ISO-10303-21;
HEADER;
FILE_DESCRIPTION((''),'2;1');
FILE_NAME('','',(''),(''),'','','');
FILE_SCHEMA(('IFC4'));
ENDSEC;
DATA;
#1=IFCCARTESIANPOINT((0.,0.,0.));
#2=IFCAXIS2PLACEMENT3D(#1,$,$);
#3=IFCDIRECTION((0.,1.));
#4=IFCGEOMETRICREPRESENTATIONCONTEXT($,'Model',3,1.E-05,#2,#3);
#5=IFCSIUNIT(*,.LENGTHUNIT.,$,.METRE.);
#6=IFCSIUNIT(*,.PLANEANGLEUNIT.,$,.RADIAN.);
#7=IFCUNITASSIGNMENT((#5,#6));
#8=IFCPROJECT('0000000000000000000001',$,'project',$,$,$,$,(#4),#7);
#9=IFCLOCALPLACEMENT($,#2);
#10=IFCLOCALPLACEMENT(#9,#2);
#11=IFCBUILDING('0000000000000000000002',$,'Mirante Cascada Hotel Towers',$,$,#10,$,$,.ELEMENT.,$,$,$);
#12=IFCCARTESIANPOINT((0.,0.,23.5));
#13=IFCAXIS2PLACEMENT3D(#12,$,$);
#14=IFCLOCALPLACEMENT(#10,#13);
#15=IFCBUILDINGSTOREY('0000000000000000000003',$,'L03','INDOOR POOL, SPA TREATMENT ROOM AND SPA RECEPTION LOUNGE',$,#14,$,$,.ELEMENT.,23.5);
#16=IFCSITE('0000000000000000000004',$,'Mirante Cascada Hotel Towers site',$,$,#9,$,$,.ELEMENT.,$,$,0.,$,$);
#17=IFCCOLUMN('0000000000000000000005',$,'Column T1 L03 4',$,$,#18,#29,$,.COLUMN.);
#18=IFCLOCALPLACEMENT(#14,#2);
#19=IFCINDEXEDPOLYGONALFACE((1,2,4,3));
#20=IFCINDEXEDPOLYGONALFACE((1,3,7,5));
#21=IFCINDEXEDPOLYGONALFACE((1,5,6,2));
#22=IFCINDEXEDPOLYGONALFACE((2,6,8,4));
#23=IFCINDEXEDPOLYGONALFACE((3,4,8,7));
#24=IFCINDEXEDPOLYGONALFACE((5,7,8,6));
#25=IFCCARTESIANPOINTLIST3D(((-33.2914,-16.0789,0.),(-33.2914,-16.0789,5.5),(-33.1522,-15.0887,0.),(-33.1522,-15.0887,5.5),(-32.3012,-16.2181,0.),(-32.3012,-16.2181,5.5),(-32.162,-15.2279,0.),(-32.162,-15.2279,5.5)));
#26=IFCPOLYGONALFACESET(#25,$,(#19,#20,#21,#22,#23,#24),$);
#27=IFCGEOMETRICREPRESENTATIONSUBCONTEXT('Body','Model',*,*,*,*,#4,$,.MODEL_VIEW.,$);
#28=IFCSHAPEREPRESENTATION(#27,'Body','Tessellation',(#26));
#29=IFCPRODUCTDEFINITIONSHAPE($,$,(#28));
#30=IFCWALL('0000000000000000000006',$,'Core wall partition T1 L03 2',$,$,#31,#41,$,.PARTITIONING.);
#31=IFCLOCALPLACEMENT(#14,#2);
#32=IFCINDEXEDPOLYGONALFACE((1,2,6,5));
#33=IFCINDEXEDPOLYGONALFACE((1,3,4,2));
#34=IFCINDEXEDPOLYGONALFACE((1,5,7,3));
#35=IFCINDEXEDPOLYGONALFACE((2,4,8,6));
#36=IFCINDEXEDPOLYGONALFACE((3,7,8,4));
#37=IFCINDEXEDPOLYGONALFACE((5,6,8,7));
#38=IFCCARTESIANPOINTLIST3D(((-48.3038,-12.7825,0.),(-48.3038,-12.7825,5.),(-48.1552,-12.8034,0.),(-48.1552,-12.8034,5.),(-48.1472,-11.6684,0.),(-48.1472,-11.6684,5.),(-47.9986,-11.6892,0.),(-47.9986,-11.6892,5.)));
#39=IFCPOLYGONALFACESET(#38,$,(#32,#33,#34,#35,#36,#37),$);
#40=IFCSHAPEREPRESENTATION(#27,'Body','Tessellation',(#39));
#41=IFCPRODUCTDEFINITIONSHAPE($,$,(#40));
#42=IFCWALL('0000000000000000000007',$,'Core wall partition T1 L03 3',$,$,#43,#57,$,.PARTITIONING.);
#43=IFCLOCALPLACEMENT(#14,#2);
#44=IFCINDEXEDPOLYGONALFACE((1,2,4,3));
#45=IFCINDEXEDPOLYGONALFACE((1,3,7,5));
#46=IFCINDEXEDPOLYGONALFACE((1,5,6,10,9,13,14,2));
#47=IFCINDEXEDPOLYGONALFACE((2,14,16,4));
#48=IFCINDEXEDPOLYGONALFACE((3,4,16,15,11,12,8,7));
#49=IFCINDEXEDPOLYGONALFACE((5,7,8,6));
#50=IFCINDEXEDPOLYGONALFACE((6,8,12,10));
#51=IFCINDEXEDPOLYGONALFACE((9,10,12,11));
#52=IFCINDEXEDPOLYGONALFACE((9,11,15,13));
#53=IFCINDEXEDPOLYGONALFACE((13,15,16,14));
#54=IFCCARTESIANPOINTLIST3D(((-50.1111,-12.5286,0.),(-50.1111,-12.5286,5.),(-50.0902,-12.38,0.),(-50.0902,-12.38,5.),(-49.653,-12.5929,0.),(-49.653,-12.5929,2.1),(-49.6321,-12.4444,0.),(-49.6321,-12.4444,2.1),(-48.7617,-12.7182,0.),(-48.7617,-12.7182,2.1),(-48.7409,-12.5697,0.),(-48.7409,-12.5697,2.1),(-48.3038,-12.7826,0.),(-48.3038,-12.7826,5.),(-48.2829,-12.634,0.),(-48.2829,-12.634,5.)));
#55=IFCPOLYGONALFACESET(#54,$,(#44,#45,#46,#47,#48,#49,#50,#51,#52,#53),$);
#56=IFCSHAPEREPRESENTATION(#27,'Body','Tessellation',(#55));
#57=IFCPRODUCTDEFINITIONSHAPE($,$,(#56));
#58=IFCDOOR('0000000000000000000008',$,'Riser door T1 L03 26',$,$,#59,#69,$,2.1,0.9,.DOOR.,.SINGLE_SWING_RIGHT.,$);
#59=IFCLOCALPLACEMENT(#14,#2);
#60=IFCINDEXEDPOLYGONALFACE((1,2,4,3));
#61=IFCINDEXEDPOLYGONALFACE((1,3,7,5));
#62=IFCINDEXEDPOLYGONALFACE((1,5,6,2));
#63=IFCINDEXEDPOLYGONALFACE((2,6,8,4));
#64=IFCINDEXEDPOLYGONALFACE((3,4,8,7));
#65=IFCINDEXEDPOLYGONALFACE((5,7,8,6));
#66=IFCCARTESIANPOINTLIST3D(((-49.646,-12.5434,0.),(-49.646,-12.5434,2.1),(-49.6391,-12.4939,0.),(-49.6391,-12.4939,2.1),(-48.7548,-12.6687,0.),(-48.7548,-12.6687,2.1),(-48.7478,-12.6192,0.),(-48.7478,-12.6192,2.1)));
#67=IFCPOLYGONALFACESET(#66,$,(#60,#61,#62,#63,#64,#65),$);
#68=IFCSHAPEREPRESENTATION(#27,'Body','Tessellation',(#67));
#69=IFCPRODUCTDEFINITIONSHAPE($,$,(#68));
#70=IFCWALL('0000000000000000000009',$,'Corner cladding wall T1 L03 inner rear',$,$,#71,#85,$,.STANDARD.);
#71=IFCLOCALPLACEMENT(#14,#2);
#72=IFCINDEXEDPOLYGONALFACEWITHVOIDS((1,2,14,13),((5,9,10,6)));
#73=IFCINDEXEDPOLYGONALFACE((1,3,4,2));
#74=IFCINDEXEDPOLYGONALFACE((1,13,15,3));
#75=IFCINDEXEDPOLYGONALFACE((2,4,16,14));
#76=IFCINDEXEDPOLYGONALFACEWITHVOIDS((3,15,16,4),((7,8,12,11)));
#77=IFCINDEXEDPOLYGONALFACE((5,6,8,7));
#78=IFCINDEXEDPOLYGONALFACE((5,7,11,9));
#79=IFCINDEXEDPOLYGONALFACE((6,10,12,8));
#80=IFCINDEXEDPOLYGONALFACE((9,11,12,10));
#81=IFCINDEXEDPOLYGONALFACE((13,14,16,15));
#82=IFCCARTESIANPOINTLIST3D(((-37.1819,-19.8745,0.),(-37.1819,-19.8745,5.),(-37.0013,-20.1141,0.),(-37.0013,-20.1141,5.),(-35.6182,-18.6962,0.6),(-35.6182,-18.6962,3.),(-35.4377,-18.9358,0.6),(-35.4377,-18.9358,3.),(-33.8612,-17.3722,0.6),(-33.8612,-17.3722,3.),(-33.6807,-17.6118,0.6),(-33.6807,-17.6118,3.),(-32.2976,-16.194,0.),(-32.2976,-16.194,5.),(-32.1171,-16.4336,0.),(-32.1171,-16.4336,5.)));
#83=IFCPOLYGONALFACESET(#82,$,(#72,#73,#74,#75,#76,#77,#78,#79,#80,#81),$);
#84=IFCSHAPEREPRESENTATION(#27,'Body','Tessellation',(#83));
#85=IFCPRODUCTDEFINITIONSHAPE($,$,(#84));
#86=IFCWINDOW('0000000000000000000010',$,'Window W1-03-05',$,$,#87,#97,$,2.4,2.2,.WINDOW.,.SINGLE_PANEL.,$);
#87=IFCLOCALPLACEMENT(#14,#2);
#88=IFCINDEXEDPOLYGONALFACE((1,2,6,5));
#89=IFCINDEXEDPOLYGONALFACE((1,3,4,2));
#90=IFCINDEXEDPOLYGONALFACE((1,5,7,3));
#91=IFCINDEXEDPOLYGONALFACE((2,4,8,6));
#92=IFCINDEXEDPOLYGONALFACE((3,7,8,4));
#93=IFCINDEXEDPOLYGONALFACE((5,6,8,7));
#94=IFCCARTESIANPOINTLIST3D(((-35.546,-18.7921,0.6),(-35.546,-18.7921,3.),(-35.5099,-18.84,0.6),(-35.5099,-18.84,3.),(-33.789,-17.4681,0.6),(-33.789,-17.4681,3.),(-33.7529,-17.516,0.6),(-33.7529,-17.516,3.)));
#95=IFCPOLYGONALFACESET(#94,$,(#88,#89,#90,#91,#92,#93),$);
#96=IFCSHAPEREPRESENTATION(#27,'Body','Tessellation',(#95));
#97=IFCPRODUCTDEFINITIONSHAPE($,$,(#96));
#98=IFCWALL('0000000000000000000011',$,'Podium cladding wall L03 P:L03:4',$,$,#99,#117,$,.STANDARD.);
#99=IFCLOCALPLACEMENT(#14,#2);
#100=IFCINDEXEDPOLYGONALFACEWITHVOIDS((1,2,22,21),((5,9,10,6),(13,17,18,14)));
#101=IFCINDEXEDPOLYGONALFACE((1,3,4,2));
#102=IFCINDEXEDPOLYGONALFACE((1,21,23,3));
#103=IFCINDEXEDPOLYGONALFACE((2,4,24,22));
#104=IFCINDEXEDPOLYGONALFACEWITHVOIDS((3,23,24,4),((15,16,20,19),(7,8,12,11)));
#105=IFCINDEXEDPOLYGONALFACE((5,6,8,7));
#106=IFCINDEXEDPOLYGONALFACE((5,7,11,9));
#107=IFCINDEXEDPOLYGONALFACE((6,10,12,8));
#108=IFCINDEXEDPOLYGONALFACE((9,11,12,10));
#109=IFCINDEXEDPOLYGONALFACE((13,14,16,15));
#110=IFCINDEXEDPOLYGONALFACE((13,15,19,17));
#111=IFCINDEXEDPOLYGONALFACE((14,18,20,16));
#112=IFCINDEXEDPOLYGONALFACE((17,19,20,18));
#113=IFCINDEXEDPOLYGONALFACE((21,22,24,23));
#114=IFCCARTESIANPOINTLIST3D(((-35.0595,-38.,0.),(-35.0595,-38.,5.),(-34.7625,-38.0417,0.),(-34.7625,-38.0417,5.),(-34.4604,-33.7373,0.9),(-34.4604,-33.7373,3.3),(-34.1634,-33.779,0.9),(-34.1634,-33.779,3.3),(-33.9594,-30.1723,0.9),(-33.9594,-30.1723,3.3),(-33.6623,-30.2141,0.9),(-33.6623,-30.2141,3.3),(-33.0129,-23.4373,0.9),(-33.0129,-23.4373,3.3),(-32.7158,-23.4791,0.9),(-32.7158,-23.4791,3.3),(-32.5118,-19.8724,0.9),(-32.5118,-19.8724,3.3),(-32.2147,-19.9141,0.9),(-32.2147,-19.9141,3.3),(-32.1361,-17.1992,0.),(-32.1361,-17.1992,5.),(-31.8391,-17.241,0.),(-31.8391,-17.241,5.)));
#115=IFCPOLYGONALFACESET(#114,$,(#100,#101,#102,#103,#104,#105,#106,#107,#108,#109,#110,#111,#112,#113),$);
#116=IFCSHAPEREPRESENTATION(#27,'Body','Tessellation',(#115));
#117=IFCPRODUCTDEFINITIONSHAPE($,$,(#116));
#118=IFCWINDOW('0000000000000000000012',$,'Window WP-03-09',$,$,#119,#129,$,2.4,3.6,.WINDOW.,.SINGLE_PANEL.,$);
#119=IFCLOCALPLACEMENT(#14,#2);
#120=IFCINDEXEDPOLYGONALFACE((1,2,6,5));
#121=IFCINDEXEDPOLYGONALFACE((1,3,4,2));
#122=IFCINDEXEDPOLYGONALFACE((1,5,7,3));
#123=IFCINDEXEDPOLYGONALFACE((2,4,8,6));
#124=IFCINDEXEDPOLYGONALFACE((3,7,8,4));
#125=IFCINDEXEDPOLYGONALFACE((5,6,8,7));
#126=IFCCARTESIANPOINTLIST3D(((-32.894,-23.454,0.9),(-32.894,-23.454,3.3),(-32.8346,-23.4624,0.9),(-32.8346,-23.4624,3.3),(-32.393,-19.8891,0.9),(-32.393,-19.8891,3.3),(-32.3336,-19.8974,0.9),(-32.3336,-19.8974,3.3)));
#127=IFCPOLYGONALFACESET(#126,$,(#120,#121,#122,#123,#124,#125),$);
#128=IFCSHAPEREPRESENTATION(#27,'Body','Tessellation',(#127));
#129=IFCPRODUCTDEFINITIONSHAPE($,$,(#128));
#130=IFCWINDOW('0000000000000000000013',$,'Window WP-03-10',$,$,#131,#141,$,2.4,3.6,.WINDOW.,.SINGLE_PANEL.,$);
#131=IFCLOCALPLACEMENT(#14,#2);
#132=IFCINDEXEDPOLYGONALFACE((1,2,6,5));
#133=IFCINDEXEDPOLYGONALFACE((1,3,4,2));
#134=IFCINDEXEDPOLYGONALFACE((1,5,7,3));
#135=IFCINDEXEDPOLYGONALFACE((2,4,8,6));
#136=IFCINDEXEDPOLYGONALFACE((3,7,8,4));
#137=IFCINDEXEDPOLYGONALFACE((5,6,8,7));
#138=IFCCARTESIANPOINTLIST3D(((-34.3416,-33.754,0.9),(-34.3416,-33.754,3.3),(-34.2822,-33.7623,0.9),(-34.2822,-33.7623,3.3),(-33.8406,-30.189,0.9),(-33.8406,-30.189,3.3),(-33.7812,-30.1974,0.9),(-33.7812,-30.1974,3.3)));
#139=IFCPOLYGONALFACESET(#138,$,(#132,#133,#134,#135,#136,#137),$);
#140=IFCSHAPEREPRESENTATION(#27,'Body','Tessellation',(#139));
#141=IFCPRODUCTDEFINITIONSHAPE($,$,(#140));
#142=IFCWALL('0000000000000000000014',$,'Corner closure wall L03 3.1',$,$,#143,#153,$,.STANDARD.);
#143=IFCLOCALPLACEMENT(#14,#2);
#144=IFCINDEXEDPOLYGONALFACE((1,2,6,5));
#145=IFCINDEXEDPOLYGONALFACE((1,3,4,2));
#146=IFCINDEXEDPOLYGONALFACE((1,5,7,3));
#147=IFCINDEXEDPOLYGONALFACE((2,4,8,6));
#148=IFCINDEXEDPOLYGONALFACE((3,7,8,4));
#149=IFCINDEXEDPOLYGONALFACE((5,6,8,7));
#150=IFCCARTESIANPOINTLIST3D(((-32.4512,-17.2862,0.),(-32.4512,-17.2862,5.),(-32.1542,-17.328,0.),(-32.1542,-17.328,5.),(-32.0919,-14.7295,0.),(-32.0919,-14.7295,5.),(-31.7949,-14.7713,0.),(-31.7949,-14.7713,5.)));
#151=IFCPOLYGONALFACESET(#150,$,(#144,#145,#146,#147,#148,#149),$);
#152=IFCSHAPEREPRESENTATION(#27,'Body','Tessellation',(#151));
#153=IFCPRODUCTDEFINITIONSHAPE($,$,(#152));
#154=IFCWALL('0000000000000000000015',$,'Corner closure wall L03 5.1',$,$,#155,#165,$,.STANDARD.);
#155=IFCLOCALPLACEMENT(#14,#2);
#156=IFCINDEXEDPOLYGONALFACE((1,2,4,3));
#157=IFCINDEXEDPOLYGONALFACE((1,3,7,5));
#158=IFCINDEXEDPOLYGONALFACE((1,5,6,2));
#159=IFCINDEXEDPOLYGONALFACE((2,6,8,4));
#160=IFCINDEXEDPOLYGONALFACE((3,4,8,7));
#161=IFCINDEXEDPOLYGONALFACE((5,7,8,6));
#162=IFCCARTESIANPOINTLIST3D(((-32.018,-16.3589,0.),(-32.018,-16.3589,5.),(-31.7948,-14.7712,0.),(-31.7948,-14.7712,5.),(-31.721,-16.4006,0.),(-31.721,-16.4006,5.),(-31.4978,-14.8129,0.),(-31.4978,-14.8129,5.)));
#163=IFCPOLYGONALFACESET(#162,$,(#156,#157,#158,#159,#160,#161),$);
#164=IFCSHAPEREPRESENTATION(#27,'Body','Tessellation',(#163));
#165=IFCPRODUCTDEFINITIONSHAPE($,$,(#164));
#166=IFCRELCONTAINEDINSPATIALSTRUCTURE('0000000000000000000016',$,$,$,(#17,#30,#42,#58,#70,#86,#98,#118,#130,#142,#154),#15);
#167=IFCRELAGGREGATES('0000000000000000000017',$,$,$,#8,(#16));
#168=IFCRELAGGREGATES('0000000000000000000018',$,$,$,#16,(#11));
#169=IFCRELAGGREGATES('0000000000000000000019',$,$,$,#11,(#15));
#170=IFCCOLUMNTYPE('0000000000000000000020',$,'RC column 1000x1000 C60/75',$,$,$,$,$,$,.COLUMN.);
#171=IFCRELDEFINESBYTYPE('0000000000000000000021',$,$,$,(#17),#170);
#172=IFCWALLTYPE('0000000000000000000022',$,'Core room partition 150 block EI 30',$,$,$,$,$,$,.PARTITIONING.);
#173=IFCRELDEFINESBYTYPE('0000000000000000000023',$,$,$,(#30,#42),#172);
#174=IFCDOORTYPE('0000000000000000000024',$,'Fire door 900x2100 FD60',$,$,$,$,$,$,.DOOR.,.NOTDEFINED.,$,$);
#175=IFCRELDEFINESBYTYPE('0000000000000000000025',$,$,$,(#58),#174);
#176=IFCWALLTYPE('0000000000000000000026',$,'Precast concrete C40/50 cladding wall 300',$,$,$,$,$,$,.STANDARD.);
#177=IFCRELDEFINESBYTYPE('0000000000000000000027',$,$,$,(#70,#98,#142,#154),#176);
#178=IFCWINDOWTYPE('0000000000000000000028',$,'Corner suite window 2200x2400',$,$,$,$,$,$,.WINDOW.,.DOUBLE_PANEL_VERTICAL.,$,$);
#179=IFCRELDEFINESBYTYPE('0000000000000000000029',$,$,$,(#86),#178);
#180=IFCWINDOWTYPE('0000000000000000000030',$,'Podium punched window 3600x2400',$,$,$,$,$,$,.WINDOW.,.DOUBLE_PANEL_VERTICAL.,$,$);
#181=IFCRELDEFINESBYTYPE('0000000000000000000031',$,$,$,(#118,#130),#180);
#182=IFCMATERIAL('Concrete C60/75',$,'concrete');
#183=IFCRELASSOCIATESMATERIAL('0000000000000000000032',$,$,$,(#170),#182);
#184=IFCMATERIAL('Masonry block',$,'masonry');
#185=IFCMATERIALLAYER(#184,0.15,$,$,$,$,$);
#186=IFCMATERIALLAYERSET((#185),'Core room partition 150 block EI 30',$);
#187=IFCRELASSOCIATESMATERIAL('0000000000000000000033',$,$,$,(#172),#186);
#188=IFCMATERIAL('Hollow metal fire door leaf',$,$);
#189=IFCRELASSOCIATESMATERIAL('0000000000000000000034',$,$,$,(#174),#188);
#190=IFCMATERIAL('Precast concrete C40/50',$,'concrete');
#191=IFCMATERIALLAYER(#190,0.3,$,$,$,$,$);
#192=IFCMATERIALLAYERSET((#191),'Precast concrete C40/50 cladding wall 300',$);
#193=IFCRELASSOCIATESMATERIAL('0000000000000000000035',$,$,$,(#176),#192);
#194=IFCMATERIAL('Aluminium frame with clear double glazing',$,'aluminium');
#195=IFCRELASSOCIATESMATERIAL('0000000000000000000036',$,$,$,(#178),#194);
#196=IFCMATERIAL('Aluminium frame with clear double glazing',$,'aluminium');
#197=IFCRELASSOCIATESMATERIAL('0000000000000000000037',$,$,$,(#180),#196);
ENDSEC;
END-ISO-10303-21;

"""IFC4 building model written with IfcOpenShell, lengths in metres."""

from ifc_helpers import new_model, si_unit, direction, frame, frame_2d, origin, origin_2d, place, context, subcontext, project, spatial, rectangle, extrude, material, layer, layer_set, material_profile, profile_set, type_object, element, fill, save


model = new_model("IFC4")

# Units and contexts
model_context = context("Model", 3, precision=1e-05, world=origin(), true_north=direction((0.0, 1.0)))
body_context = subcontext(model_context, "Body", "Model", "MODEL_VIEW")
ifc_project = project(units=[si_unit("LENGTHUNIT", "METRE"), si_unit("PLANEANGLEUNIT", "RADIAN")], contexts=[model_context])

# Site, building, storey
site_placement = place(None, origin())
site = spatial("IfcSite", under=ifc_project, at=site_placement, Name="Mirante Cascada Hotel Towers site", CompositionType="ELEMENT", RefElevation=0.0)
building_placement = place(site_placement, origin())
building = spatial("IfcBuilding", under=site, at=building_placement, Name="Mirante Cascada Hotel Towers", CompositionType="ELEMENT")
storey_placement = place(building_placement, frame((0.0, 0.0, 23.5)))
storey = spatial("IfcBuildingStorey", under=building, at=storey_placement, Name="L03", Description="INDOOR POOL, SPA TREATMENT ROOM AND SPA RECEPTION LOUNGE", CompositionType="ELEMENT", Elevation=23.5)

# Column
ifc_material_1 = material(Name="Concrete C60/75", Category="concrete")
ifc_material_profile = material_profile(ifc_material_1, rectangle(XDim=1.0, YDim=1.0, at=origin_2d()), Name="RC column 1000x1000 C60/75")
ifc_profile_set = profile_set([ifc_material_profile], Name="Concrete C60/75")
column_type = type_object("IfcColumnType", Name="RC column 1000x1000 C60/75", PredefinedType="COLUMN", material=ifc_profile_set)
column_placement = place(storey_placement, frame((-32.7267, -15.6534, 0.0), z_axis=(0.0, 0.0, 1.0), x_axis=(-0.990268, 0.139173, 0.0)))
element("IfcColumn", 1, at=column_placement, inside=storey, type_object=column_type, Name="Column T1 L03 4", PredefinedType="COLUMN", context=body_context, shape_type="SweptSolid", body=[
    extrude(rectangle(XDim=1.0, YDim=1.0, at=origin_2d()), origin(), (0.0, 0.0, 1.0), 5.5),
])

# Wall
ifc_material_2 = material(Name="Masonry block", Category="masonry")
ifc_layer_1 = layer(ifc_material_2, 0.15)
ifc_layer_set_1 = layer_set([ifc_layer_1], Name="Core room partition 150 block EI 30")
wall_type_1 = type_object("IfcWallType", Name="Core room partition 150 block EI 30", PredefinedType="PARTITIONING", material=ifc_layer_set_1)
wall_1_placement = place(storey_placement, frame((-48.2295, -12.793, 0.0), z_axis=(0.0, 0.0, 1.0), x_axis=(0.139193, 0.990265, 0.0)))
element("IfcWall", 2, at=wall_1_placement, inside=storey, type_object=wall_type_1, Name="Core wall partition T1 L03 2", PredefinedType="PARTITIONING", context=body_context, shape_type="SweptSolid", body=[
    extrude(rectangle(XDim=1.1251, YDim=0.15, at=frame_2d((0.5626, 0.0))), origin(), (0.0, 0.0, 1.0), 5.0),
])

# Wall, opening, door
wall_2_placement = place(storey_placement, frame((-48.2933, -12.7083, 0.0), z_axis=(0.0, 0.0, 1.0), x_axis=(-0.990268, 0.139173, 0.0)))
wall_2 = element("IfcWall", 3, at=wall_2_placement, inside=storey, type_object=wall_type_1, Name="Core wall partition T1 L03 3", PredefinedType="PARTITIONING", context=body_context, shape_type="SweptSolid", body=[
    extrude(rectangle(XDim=1.8251, YDim=0.15, at=frame_2d((0.9126, 0.0))), origin(), (0.0, 0.0, 1.0), 5.0),
])
opening_1_placement = place(wall_2_placement, frame((0.4625, 0.0, 0.0)))
opening_1 = element("IfcOpeningElement", 4, at=opening_1_placement, cuts=wall_2, PredefinedType="OPENING", context=body_context, shape_type="SweptSolid", body=[
    extrude(rectangle(XDim=0.9, YDim=2.1, at=frame_2d((0.45, 1.05))), frame((0.0, 0.075, 0.0), z_axis=(0.0, -1.0, 0.0), x_axis=(1.0, 0.0, 0.0)), (0.0, 0.0, 1.0), 0.15),
])
ifc_material_3 = material(Name="Hollow metal fire door leaf")
door_type_1 = type_object("IfcDoorType", Name="Fire door 900x2100 FD60", OperationType="NOTDEFINED", PredefinedType="DOOR", material=ifc_material_3)
door_1_placement = place(opening_1_placement, origin())
door_1 = element("IfcDoor", 5, at=door_1_placement, inside=storey, type_object=door_type_1, Name="Riser door T1 L03 26", OperationType="SINGLE_SWING_RIGHT", OverallHeight=2.1, OverallWidth=0.9, PredefinedType="DOOR", context=body_context, shape_type="SweptSolid", body=[
    extrude(rectangle(XDim=0.9, YDim=2.1, at=frame_2d((0.45, 1.05))), frame((0.0, 0.025, 0.0), z_axis=(0.0, -1.0, 0.0), x_axis=(1.0, 0.0, 0.0)), (0.0, 0.0, 1.0), 0.05),
])
fill(opening_1, door_1)

# Wall, opening, window
ifc_material_4 = material(Name="Precast concrete C40/50", Category="concrete")
ifc_layer_2 = layer(ifc_material_4, 0.3)
ifc_layer_set_2 = layer_set([ifc_layer_2], Name="Precast concrete C40/50 cladding wall 300")
wall_type_2 = type_object("IfcWallType", Name="Precast concrete C40/50 cladding wall 300", PredefinedType="STANDARD", material=ifc_layer_set_2)
wall_3_placement = place(storey_placement, frame((-32.2074, -16.3138, 0.0), z_axis=(0.0, 0.0, 1.0), x_axis=(-0.798636, -0.601814, 0.0)))
wall_3 = element("IfcWall", 6, at=wall_3_placement, inside=storey, type_object=wall_type_2, Name="Corner cladding wall T1 L03 inner rear", PredefinedType="STANDARD", context=body_context, shape_type="SweptSolid", body=[
    extrude(rectangle(XDim=6.1157, YDim=0.3, at=frame_2d((3.0578, 0.0))), origin(), (0.0, 0.0, 1.0), 5.0),
])
opening_2_placement = place(wall_3_placement, frame((1.9578, 0.0, 0.6)))
opening_2 = element("IfcOpeningElement", 7, at=opening_2_placement, cuts=wall_3, PredefinedType="OPENING", context=body_context, shape_type="SweptSolid", body=[
    extrude(rectangle(XDim=2.2, YDim=2.4, at=frame_2d((1.1, 1.2))), frame((0.0, 0.15, 0.0), z_axis=(0.0, -1.0, 0.0), x_axis=(1.0, 0.0, 0.0)), (0.0, 0.0, 1.0), 0.3),
])
ifc_material_5 = material(Name="Aluminium frame with clear double glazing", Category="aluminium")
window_type_1 = type_object("IfcWindowType", Name="Corner suite window 2200x2400", PartitioningType="DOUBLE_PANEL_VERTICAL", PredefinedType="WINDOW", material=ifc_material_5)
window_1_placement = place(opening_2_placement, origin())
window_1 = element("IfcWindow", 8, at=window_1_placement, inside=storey, type_object=window_type_1, Name="Window W1-03-05", OverallHeight=2.4, OverallWidth=2.2, PartitioningType="SINGLE_PANEL", PredefinedType="WINDOW", context=body_context, shape_type="SweptSolid", body=[
    extrude(rectangle(XDim=2.2, YDim=2.4, at=frame_2d((1.1, 1.2))), frame((0.0, 0.03, 0.0), z_axis=(0.0, -1.0, 0.0), x_axis=(1.0, 0.0, 0.0)), (0.0, 0.0, 1.0), 0.06),
])
fill(opening_2, window_1)

# Wall, openings, windows
wall_4_placement = place(storey_placement, frame((-31.9876, -17.2201, 0.0), z_axis=(0.0, 0.0, 1.0), x_axis=(-0.139175, -0.990268, 0.0)))
wall_4 = element("IfcWall", 9, at=wall_4_placement, inside=storey, type_object=wall_type_2, Name="Podium cladding wall L03 P:L03:4", PredefinedType="STANDARD", context=body_context, shape_type="SweptSolid", body=[
    extrude(rectangle(XDim=21.0052, YDim=0.3, at=frame_2d((10.5026, 0.0))), origin(), (0.0, 0.0, 1.0), 5.0),
])
opening_3_placement = place(wall_4_placement, frame((2.6994, 0.0, 0.9)))
opening_3 = element("IfcOpeningElement", 10, at=opening_3_placement, cuts=wall_4, PredefinedType="OPENING", context=body_context, shape_type="SweptSolid", body=[
    extrude(rectangle(XDim=3.6, YDim=2.4, at=frame_2d((1.8, 1.2))), frame((0.0, 0.15, 0.0), z_axis=(0.0, -1.0, 0.0), x_axis=(1.0, 0.0, 0.0)), (0.0, 0.0, 1.0), 0.3),
])
opening_4_placement = place(wall_4_placement, frame((13.1006, 0.0, 0.9)))
opening_4 = element("IfcOpeningElement", 11, at=opening_4_placement, cuts=wall_4, PredefinedType="OPENING", context=body_context, shape_type="SweptSolid", body=[
    extrude(rectangle(XDim=3.6, YDim=2.4, at=frame_2d((1.8, 1.2))), frame((0.0, 0.15, 0.0), z_axis=(0.0, -1.0, 0.0), x_axis=(1.0, 0.0, 0.0)), (0.0, 0.0, 1.0), 0.3),
])
ifc_material_6 = material(Name="Aluminium frame with clear double glazing", Category="aluminium")
window_type_2 = type_object("IfcWindowType", Name="Podium punched window 3600x2400", PartitioningType="DOUBLE_PANEL_VERTICAL", PredefinedType="WINDOW", material=ifc_material_6)
window_2_placement = place(opening_3_placement, origin())
window_2 = element("IfcWindow", 12, at=window_2_placement, inside=storey, type_object=window_type_2, Name="Window WP-03-09", OverallHeight=2.4, OverallWidth=3.6, PartitioningType="SINGLE_PANEL", PredefinedType="WINDOW", context=body_context, shape_type="SweptSolid", body=[
    extrude(rectangle(XDim=3.6, YDim=2.4, at=frame_2d((1.8, 1.2))), frame((0.0, 0.03, 0.0), z_axis=(0.0, -1.0, 0.0), x_axis=(1.0, 0.0, 0.0)), (0.0, 0.0, 1.0), 0.06),
])
fill(opening_3, window_2)
window_3_placement = place(opening_4_placement, origin())
window_3 = element("IfcWindow", 13, at=window_3_placement, inside=storey, type_object=window_type_2, Name="Window WP-03-10", OverallHeight=2.4, OverallWidth=3.6, PartitioningType="SINGLE_PANEL", PredefinedType="WINDOW", context=body_context, shape_type="SweptSolid", body=[
    extrude(rectangle(XDim=3.6, YDim=2.4, at=frame_2d((1.8, 1.2))), frame((0.0, 0.03, 0.0), z_axis=(0.0, -1.0, 0.0), x_axis=(1.0, 0.0, 0.0)), (0.0, 0.0, 1.0), 0.06),
])
fill(opening_4, window_3)

# Walls
wall_5_placement = place(storey_placement, frame((-32.3027, -17.3071, 0.0), z_axis=(0.0, 0.0, 1.0), x_axis=(0.139165, 0.990269, 0.0)))
element("IfcWall", 14, at=wall_5_placement, inside=storey, type_object=wall_type_2, Name="Corner closure wall L03 3.1", PredefinedType="STANDARD", context=body_context, shape_type="SweptSolid", body=[
    extrude(rectangle(XDim=2.5818, YDim=0.3, at=frame_2d((1.2909, 0.0))), origin(), (0.0, 0.0, 1.0), 5.0),
])
wall_6_placement = place(storey_placement, frame((-31.6463, -14.7921, 0.0), z_axis=(0.0, 0.0, 1.0), x_axis=(-0.139212, -0.990263, 0.0)))
element("IfcWall", 15, at=wall_6_placement, inside=storey, type_object=wall_type_2, Name="Corner closure wall L03 5.1", PredefinedType="STANDARD", context=body_context, shape_type="SweptSolid", body=[
    extrude(rectangle(XDim=1.6033, YDim=0.3, at=frame_2d((0.8016, 0.0))), origin(), (0.0, 0.0, 1.0), 5.0),
])

save(model, "model.ifc")
